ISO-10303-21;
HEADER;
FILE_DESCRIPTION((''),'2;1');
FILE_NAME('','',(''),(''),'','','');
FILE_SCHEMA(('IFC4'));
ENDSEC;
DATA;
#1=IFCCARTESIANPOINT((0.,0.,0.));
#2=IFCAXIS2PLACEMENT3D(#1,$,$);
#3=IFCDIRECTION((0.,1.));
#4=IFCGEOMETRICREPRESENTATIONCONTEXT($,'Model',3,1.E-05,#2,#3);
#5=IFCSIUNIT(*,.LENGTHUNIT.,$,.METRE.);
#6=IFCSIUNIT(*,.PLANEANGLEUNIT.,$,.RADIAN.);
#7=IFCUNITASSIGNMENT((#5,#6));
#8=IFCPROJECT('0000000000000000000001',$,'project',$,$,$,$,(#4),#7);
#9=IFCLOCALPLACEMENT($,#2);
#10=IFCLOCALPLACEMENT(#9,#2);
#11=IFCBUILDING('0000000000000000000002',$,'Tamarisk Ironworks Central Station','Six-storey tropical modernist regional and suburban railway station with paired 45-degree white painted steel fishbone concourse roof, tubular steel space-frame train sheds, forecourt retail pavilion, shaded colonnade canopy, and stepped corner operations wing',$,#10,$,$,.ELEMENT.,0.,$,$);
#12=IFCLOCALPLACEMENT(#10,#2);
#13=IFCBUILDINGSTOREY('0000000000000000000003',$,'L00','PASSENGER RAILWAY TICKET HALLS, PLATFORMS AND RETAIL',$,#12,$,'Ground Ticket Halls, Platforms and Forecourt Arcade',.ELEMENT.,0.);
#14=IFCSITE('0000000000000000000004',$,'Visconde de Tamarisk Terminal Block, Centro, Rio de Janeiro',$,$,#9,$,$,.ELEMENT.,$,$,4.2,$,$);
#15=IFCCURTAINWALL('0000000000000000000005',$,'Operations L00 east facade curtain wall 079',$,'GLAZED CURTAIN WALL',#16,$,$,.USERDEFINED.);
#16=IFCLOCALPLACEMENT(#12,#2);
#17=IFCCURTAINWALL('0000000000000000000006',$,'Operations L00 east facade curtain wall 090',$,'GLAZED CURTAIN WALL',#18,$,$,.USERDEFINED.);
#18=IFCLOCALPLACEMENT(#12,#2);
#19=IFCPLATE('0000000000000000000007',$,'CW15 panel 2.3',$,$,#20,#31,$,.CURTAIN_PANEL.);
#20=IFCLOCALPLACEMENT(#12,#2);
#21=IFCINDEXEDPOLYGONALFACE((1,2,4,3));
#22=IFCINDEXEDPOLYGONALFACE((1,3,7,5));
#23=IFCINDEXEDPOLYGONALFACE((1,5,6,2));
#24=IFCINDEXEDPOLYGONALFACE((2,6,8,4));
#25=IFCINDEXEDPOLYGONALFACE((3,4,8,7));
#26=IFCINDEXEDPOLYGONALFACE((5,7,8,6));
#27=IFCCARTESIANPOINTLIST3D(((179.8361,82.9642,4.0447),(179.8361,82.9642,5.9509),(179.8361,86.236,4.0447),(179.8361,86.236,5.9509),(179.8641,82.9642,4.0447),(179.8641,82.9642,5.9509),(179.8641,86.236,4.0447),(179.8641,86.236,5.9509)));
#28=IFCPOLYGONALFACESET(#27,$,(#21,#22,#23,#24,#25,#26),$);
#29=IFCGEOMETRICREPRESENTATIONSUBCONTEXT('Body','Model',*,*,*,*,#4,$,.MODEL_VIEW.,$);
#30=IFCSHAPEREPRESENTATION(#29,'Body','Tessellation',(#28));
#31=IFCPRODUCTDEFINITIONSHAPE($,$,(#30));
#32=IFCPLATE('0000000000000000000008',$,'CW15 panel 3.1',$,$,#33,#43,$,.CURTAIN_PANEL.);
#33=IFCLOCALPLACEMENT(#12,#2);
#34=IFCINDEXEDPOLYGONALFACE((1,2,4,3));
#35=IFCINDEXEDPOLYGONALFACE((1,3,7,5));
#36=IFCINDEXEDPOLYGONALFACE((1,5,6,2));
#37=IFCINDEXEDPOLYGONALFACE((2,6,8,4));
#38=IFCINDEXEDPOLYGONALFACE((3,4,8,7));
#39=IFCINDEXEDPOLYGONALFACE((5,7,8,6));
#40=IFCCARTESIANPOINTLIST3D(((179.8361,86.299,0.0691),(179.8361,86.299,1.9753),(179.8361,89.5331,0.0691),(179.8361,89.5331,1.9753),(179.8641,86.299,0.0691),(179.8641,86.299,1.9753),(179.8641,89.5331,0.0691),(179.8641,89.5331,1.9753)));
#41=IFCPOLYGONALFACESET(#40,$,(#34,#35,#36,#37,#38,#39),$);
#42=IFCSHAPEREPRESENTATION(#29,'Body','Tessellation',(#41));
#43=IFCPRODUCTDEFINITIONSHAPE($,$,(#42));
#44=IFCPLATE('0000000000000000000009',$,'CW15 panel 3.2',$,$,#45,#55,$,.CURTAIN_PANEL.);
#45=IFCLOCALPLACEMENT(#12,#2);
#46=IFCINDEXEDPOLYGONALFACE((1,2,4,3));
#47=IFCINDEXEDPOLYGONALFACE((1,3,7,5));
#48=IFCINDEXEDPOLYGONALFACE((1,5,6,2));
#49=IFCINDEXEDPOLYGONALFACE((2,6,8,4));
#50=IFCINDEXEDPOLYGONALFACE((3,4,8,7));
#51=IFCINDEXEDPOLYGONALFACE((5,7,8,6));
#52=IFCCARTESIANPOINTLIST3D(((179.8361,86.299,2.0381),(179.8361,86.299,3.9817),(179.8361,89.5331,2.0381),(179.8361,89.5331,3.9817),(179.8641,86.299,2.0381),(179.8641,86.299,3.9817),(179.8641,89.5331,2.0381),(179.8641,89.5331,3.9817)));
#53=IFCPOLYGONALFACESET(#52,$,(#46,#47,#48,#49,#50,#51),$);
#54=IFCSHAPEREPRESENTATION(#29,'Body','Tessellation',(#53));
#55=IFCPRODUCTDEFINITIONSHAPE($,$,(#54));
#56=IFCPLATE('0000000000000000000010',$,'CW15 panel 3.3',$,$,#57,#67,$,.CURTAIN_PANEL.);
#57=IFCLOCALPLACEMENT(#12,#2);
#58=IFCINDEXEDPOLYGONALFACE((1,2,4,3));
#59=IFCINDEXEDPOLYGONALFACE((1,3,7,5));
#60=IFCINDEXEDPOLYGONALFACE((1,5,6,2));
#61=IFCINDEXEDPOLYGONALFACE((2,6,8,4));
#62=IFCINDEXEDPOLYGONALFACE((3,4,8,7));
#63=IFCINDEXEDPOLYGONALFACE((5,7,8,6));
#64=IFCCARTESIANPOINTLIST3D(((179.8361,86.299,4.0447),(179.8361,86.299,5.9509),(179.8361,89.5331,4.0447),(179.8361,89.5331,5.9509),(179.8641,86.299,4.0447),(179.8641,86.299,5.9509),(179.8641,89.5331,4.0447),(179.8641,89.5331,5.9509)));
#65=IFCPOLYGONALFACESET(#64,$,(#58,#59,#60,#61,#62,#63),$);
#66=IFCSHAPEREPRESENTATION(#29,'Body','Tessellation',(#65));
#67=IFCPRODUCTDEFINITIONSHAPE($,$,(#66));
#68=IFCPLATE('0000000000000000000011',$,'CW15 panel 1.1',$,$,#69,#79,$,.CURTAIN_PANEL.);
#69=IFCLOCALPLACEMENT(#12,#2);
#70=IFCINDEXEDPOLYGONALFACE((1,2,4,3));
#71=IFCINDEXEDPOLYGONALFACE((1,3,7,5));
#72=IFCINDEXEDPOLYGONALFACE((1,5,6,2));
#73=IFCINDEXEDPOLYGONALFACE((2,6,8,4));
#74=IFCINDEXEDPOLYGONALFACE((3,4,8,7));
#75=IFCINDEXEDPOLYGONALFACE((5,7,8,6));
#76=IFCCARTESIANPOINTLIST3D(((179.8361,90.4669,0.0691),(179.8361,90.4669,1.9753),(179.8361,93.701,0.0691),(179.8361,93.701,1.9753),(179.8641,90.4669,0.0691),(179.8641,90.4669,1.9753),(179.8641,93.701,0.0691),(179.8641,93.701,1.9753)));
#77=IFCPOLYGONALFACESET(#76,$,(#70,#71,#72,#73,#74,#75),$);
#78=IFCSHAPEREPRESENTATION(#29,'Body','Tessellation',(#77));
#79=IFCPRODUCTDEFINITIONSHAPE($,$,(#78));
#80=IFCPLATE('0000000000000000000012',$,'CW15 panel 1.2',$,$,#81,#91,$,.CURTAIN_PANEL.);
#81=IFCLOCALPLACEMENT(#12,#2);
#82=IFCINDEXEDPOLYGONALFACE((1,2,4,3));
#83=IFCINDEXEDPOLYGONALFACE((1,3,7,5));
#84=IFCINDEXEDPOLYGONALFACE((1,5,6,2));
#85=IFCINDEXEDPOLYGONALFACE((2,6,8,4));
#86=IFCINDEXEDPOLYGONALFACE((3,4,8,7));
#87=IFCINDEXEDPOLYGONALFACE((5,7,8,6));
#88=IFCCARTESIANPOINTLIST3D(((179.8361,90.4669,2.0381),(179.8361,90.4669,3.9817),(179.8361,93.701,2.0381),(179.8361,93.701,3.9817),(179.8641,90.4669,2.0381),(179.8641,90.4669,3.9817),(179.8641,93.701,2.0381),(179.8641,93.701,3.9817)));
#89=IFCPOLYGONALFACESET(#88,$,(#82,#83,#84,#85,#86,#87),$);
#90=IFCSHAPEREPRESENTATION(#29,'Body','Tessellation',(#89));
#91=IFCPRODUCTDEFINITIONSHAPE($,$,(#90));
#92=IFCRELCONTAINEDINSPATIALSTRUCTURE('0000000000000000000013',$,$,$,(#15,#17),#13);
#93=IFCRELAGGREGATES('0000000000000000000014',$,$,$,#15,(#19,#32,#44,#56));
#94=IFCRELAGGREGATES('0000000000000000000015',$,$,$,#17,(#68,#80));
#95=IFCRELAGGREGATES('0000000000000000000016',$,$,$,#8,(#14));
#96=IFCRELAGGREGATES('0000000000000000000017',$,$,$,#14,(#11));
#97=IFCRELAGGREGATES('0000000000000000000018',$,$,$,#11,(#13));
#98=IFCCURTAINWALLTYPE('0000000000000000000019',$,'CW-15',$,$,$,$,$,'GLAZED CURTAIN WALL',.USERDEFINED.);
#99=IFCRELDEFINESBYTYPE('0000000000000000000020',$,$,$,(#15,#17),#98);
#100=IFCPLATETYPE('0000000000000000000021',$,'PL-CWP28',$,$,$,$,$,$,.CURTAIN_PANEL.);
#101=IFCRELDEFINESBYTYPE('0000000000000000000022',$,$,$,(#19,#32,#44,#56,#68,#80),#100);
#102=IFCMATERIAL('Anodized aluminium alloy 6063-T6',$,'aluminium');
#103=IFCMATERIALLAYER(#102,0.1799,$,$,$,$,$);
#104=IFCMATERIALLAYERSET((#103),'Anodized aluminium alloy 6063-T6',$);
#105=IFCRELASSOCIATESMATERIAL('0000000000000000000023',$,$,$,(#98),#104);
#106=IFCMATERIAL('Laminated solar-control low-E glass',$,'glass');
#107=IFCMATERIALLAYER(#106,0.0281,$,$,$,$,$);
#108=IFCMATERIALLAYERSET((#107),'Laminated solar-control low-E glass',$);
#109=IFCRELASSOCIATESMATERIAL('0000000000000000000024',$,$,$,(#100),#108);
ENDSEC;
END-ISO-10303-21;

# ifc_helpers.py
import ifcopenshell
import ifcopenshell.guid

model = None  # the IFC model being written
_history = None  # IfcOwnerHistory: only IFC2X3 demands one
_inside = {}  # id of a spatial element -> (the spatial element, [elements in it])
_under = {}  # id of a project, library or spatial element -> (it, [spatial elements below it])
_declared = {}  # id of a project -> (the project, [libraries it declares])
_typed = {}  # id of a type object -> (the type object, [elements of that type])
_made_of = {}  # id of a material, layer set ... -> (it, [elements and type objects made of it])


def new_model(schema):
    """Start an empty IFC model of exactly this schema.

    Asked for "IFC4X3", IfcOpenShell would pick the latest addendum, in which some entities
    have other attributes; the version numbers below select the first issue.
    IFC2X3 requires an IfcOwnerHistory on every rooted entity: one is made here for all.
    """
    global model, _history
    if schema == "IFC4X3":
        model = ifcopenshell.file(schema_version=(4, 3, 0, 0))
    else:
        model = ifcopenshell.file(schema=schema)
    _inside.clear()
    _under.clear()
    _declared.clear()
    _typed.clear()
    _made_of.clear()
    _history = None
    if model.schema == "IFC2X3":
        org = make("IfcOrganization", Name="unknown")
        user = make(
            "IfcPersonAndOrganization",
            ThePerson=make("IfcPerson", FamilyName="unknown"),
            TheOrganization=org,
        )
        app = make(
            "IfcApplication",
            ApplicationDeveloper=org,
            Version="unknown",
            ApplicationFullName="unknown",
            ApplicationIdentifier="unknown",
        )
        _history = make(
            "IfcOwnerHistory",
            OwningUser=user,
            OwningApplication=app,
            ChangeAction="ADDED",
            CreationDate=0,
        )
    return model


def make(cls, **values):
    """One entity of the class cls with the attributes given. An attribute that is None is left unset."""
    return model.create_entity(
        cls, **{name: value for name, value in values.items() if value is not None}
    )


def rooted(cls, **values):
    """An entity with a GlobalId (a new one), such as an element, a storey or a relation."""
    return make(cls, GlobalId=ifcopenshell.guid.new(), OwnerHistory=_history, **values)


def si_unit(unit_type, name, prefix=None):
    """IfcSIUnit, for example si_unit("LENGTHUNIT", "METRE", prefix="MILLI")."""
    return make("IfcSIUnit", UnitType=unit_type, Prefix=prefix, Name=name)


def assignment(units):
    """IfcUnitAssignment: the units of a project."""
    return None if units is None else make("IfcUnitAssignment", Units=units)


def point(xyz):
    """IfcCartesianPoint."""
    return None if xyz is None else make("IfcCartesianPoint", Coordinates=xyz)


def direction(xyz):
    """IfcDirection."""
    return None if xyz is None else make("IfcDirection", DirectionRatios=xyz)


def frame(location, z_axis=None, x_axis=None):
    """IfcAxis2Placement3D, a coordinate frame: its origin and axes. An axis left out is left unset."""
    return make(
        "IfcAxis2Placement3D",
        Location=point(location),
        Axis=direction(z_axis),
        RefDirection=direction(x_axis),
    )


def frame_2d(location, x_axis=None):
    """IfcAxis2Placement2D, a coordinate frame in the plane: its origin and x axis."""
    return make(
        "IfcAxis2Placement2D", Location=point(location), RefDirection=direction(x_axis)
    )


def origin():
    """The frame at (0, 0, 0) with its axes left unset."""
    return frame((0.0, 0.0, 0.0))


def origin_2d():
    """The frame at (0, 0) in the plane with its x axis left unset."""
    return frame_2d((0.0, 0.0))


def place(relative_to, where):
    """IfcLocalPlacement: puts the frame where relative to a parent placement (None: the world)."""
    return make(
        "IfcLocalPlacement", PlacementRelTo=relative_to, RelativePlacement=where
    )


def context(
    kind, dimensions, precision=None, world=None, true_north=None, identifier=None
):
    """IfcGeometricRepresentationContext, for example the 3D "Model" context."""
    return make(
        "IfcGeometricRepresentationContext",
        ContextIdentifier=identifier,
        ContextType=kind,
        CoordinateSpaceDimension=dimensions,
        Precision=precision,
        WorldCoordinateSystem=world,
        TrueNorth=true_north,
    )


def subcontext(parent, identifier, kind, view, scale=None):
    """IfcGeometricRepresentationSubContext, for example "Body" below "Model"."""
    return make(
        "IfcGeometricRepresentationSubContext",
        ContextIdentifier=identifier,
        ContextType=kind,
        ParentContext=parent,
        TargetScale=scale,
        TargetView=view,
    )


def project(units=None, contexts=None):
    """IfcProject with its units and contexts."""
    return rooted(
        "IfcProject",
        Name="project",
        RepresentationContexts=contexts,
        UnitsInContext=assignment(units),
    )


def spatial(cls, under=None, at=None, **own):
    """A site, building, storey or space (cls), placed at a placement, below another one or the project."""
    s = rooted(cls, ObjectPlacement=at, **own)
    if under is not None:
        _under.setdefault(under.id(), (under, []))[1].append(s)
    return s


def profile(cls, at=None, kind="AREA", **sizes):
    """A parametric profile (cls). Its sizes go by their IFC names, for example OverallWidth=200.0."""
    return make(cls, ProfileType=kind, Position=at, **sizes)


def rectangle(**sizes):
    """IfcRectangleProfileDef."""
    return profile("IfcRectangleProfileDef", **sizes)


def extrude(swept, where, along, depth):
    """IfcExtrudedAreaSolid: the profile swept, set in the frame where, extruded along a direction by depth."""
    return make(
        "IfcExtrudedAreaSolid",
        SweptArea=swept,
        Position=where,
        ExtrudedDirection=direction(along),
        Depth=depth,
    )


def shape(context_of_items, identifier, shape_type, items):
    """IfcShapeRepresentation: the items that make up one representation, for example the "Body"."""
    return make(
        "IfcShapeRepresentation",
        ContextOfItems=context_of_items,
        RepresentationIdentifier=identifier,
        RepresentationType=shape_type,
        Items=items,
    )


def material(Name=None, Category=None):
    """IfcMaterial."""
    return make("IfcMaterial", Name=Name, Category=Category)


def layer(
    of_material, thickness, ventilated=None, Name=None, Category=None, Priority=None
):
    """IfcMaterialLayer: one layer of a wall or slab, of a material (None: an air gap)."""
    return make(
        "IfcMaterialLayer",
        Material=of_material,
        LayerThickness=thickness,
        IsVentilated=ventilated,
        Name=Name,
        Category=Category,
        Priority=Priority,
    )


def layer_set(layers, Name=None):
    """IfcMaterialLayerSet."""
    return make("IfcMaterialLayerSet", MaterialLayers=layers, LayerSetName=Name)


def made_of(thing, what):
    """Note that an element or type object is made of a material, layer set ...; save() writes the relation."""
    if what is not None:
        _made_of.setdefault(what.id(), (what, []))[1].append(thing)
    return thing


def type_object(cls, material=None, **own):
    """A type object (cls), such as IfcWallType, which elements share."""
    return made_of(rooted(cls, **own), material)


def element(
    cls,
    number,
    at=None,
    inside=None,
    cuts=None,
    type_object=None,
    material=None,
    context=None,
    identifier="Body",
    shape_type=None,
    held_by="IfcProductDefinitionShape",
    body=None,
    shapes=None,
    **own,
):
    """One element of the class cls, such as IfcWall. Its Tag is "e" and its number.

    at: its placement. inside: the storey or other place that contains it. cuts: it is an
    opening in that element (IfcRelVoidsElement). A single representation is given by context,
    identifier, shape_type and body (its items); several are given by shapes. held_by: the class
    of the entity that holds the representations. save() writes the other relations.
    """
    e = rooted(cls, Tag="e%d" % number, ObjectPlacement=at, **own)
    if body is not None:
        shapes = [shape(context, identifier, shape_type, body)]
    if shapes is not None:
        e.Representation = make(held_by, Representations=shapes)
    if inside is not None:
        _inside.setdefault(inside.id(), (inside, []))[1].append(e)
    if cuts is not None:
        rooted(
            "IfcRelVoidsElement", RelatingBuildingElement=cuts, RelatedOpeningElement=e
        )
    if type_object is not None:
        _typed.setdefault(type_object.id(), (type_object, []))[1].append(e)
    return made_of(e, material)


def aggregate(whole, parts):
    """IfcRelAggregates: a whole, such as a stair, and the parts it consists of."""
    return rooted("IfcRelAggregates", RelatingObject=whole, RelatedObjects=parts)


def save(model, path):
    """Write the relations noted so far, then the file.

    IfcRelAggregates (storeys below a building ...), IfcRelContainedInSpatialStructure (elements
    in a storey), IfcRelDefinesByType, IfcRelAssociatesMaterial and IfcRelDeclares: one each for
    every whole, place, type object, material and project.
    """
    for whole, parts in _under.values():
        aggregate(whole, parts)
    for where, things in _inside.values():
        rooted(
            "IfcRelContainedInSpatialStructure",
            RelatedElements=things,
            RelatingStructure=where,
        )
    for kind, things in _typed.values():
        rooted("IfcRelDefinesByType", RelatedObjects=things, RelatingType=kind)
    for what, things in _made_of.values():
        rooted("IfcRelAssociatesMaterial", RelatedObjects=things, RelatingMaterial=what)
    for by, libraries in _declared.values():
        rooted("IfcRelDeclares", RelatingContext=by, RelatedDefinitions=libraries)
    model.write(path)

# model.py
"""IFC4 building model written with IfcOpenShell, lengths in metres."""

from ifc_helpers import new_model, si_unit, direction, frame, origin, origin_2d, place, context, subcontext, project, spatial, rectangle, extrude, material, layer, layer_set, type_object, element, aggregate, save


model = new_model("IFC4")

# Units and contexts
model_context = context("Model", 3, precision=1e-05, world=origin(), true_north=direction((0.0, 1.0)))
body_context = subcontext(model_context, "Body", "Model", "MODEL_VIEW")
ifc_project = project(units=[si_unit("LENGTHUNIT", "METRE"), si_unit("PLANEANGLEUNIT", "RADIAN")], contexts=[model_context])

# Site, building, storey
site_placement = place(None, origin())
site = spatial("IfcSite", under=ifc_project, at=site_placement, Name="Visconde de Tamarisk Terminal Block, Centro, Rio de Janeiro", CompositionType="ELEMENT", RefElevation=4.2)
building_placement = place(site_placement, origin())
building = spatial("IfcBuilding", under=site, at=building_placement, Name="Tamarisk Ironworks Central Station", Description="Six-storey tropical modernist regional and suburban railway station with paired 45-degree white painted steel fishbone concourse roof, tubular steel space-frame train sheds, forecourt retail pavilion, shaded colonnade canopy, and stepped corner operations wing", CompositionType="ELEMENT", ElevationOfRefHeight=0.0)
storey_placement = place(building_placement, origin())
storey = spatial("IfcBuildingStorey", under=building, at=storey_placement, Name="L00", Description="PASSENGER RAILWAY TICKET HALLS, PLATFORMS AND RETAIL", LongName="Ground Ticket Halls, Platforms and Forecourt Arcade", CompositionType="ELEMENT", Elevation=0.0)

# Curtain wall
ifc_material_1 = material(Name="Anodized aluminium alloy 6063-T6", Category="aluminium")
ifc_layer_1 = layer(ifc_material_1, 0.1799)
ifc_layer_set_1 = layer_set([ifc_layer_1], Name="Anodized aluminium alloy 6063-T6")
curtain_wall_type = type_object("IfcCurtainWallType", Name="CW-15", ElementType="GLAZED CURTAIN WALL", PredefinedType="USERDEFINED", material=ifc_layer_set_1)
curtain_wall_1_placement = place(storey_placement, origin())
curtain_wall_1 = element("IfcCurtainWall", 1, at=curtain_wall_1_placement, inside=storey, type_object=curtain_wall_type, Name="Operations L00 east facade curtain wall 079", ObjectType="GLAZED CURTAIN WALL", PredefinedType="USERDEFINED")

# Curtain wall
curtain_wall_2_placement = place(storey_placement, origin())
curtain_wall_2 = element("IfcCurtainWall", 2, at=curtain_wall_2_placement, inside=storey, type_object=curtain_wall_type, Name="Operations L00 east facade curtain wall 090", ObjectType="GLAZED CURTAIN WALL", PredefinedType="USERDEFINED")

# Plates
ifc_material_2 = material(Name="Laminated solar-control low-E glass", Category="glass")
ifc_layer_2 = layer(ifc_material_2, 0.0281)
ifc_layer_set_2 = layer_set([ifc_layer_2], Name="Laminated solar-control low-E glass")
plate_type = type_object("IfcPlateType", Name="PL-CWP28", PredefinedType="CURTAIN_PANEL", material=ifc_layer_set_2)
plate_1_placement = place(storey_placement, frame((179.8501, 84.6001, 4.0447), z_axis=(0.0, 0.0, 1.0), x_axis=(0.0, 1.0, 0.0)))
plate_1 = element("IfcPlate", 3, at=plate_1_placement, type_object=plate_type, Name="CW15 panel 2.3", PredefinedType="CURTAIN_PANEL", context=body_context, shape_type="SweptSolid", body=[
    extrude(rectangle(XDim=3.2717, YDim=0.0281, at=origin_2d()), origin(), (0.0, 0.0, 1.0), 1.9062),
])
plate_2_placement = place(storey_placement, frame((179.8501, 87.916, 0.0691), z_axis=(0.0, 0.0, 1.0), x_axis=(0.0, 1.0, 0.0)))
plate_2 = element("IfcPlate", 4, at=plate_2_placement, type_object=plate_type, Name="CW15 panel 3.1", PredefinedType="CURTAIN_PANEL", context=body_context, shape_type="SweptSolid", body=[
    extrude(rectangle(XDim=3.2341, YDim=0.0281, at=origin_2d()), origin(), (0.0, 0.0, 1.0), 1.9062),
])
plate_3_placement = place(storey_placement, frame((179.8501, 87.916, 2.0381), z_axis=(0.0, 0.0, 1.0), x_axis=(0.0, 1.0, 0.0)))
plate_3 = element("IfcPlate", 5, at=plate_3_placement, type_object=plate_type, Name="CW15 panel 3.2", PredefinedType="CURTAIN_PANEL", context=body_context, shape_type="SweptSolid", body=[
    extrude(rectangle(XDim=3.2341, YDim=0.0281, at=origin_2d()), origin(), (0.0, 0.0, 1.0), 1.9436),
])
plate_4_placement = place(storey_placement, frame((179.8501, 87.916, 4.0447), z_axis=(0.0, 0.0, 1.0), x_axis=(0.0, 1.0, 0.0)))
plate_4 = element("IfcPlate", 6, at=plate_4_placement, type_object=plate_type, Name="CW15 panel 3.3", PredefinedType="CURTAIN_PANEL", context=body_context, shape_type="SweptSolid", body=[
    extrude(rectangle(XDim=3.2341, YDim=0.0281, at=origin_2d()), origin(), (0.0, 0.0, 1.0), 1.9062),
])
aggregate(curtain_wall_1, [plate_1, plate_2, plate_3, plate_4])
plate_5_placement = place(storey_placement, frame((179.8501, 92.084, 0.0691), z_axis=(0.0, 0.0, 1.0), x_axis=(0.0, 1.0, 0.0)))
plate_5 = element("IfcPlate", 7, at=plate_5_placement, type_object=plate_type, Name="CW15 panel 1.1", PredefinedType="CURTAIN_PANEL", context=body_context, shape_type="SweptSolid", body=[
    extrude(rectangle(XDim=3.2341, YDim=0.0281, at=origin_2d()), origin(), (0.0, 0.0, 1.0), 1.9062),
])
plate_6_placement = place(storey_placement, frame((179.8501, 92.084, 2.0381), z_axis=(0.0, 0.0, 1.0), x_axis=(0.0, 1.0, 0.0)))
plate_6 = element("IfcPlate", 8, at=plate_6_placement, type_object=plate_type, Name="CW15 panel 1.2", PredefinedType="CURTAIN_PANEL", context=body_context, shape_type="SweptSolid", body=[
    extrude(rectangle(XDim=3.2341, YDim=0.0281, at=origin_2d()), origin(), (0.0, 0.0, 1.0), 1.9436),
])
aggregate(curtain_wall_2, [plate_5, plate_6])

save(model, "model.ifc")
